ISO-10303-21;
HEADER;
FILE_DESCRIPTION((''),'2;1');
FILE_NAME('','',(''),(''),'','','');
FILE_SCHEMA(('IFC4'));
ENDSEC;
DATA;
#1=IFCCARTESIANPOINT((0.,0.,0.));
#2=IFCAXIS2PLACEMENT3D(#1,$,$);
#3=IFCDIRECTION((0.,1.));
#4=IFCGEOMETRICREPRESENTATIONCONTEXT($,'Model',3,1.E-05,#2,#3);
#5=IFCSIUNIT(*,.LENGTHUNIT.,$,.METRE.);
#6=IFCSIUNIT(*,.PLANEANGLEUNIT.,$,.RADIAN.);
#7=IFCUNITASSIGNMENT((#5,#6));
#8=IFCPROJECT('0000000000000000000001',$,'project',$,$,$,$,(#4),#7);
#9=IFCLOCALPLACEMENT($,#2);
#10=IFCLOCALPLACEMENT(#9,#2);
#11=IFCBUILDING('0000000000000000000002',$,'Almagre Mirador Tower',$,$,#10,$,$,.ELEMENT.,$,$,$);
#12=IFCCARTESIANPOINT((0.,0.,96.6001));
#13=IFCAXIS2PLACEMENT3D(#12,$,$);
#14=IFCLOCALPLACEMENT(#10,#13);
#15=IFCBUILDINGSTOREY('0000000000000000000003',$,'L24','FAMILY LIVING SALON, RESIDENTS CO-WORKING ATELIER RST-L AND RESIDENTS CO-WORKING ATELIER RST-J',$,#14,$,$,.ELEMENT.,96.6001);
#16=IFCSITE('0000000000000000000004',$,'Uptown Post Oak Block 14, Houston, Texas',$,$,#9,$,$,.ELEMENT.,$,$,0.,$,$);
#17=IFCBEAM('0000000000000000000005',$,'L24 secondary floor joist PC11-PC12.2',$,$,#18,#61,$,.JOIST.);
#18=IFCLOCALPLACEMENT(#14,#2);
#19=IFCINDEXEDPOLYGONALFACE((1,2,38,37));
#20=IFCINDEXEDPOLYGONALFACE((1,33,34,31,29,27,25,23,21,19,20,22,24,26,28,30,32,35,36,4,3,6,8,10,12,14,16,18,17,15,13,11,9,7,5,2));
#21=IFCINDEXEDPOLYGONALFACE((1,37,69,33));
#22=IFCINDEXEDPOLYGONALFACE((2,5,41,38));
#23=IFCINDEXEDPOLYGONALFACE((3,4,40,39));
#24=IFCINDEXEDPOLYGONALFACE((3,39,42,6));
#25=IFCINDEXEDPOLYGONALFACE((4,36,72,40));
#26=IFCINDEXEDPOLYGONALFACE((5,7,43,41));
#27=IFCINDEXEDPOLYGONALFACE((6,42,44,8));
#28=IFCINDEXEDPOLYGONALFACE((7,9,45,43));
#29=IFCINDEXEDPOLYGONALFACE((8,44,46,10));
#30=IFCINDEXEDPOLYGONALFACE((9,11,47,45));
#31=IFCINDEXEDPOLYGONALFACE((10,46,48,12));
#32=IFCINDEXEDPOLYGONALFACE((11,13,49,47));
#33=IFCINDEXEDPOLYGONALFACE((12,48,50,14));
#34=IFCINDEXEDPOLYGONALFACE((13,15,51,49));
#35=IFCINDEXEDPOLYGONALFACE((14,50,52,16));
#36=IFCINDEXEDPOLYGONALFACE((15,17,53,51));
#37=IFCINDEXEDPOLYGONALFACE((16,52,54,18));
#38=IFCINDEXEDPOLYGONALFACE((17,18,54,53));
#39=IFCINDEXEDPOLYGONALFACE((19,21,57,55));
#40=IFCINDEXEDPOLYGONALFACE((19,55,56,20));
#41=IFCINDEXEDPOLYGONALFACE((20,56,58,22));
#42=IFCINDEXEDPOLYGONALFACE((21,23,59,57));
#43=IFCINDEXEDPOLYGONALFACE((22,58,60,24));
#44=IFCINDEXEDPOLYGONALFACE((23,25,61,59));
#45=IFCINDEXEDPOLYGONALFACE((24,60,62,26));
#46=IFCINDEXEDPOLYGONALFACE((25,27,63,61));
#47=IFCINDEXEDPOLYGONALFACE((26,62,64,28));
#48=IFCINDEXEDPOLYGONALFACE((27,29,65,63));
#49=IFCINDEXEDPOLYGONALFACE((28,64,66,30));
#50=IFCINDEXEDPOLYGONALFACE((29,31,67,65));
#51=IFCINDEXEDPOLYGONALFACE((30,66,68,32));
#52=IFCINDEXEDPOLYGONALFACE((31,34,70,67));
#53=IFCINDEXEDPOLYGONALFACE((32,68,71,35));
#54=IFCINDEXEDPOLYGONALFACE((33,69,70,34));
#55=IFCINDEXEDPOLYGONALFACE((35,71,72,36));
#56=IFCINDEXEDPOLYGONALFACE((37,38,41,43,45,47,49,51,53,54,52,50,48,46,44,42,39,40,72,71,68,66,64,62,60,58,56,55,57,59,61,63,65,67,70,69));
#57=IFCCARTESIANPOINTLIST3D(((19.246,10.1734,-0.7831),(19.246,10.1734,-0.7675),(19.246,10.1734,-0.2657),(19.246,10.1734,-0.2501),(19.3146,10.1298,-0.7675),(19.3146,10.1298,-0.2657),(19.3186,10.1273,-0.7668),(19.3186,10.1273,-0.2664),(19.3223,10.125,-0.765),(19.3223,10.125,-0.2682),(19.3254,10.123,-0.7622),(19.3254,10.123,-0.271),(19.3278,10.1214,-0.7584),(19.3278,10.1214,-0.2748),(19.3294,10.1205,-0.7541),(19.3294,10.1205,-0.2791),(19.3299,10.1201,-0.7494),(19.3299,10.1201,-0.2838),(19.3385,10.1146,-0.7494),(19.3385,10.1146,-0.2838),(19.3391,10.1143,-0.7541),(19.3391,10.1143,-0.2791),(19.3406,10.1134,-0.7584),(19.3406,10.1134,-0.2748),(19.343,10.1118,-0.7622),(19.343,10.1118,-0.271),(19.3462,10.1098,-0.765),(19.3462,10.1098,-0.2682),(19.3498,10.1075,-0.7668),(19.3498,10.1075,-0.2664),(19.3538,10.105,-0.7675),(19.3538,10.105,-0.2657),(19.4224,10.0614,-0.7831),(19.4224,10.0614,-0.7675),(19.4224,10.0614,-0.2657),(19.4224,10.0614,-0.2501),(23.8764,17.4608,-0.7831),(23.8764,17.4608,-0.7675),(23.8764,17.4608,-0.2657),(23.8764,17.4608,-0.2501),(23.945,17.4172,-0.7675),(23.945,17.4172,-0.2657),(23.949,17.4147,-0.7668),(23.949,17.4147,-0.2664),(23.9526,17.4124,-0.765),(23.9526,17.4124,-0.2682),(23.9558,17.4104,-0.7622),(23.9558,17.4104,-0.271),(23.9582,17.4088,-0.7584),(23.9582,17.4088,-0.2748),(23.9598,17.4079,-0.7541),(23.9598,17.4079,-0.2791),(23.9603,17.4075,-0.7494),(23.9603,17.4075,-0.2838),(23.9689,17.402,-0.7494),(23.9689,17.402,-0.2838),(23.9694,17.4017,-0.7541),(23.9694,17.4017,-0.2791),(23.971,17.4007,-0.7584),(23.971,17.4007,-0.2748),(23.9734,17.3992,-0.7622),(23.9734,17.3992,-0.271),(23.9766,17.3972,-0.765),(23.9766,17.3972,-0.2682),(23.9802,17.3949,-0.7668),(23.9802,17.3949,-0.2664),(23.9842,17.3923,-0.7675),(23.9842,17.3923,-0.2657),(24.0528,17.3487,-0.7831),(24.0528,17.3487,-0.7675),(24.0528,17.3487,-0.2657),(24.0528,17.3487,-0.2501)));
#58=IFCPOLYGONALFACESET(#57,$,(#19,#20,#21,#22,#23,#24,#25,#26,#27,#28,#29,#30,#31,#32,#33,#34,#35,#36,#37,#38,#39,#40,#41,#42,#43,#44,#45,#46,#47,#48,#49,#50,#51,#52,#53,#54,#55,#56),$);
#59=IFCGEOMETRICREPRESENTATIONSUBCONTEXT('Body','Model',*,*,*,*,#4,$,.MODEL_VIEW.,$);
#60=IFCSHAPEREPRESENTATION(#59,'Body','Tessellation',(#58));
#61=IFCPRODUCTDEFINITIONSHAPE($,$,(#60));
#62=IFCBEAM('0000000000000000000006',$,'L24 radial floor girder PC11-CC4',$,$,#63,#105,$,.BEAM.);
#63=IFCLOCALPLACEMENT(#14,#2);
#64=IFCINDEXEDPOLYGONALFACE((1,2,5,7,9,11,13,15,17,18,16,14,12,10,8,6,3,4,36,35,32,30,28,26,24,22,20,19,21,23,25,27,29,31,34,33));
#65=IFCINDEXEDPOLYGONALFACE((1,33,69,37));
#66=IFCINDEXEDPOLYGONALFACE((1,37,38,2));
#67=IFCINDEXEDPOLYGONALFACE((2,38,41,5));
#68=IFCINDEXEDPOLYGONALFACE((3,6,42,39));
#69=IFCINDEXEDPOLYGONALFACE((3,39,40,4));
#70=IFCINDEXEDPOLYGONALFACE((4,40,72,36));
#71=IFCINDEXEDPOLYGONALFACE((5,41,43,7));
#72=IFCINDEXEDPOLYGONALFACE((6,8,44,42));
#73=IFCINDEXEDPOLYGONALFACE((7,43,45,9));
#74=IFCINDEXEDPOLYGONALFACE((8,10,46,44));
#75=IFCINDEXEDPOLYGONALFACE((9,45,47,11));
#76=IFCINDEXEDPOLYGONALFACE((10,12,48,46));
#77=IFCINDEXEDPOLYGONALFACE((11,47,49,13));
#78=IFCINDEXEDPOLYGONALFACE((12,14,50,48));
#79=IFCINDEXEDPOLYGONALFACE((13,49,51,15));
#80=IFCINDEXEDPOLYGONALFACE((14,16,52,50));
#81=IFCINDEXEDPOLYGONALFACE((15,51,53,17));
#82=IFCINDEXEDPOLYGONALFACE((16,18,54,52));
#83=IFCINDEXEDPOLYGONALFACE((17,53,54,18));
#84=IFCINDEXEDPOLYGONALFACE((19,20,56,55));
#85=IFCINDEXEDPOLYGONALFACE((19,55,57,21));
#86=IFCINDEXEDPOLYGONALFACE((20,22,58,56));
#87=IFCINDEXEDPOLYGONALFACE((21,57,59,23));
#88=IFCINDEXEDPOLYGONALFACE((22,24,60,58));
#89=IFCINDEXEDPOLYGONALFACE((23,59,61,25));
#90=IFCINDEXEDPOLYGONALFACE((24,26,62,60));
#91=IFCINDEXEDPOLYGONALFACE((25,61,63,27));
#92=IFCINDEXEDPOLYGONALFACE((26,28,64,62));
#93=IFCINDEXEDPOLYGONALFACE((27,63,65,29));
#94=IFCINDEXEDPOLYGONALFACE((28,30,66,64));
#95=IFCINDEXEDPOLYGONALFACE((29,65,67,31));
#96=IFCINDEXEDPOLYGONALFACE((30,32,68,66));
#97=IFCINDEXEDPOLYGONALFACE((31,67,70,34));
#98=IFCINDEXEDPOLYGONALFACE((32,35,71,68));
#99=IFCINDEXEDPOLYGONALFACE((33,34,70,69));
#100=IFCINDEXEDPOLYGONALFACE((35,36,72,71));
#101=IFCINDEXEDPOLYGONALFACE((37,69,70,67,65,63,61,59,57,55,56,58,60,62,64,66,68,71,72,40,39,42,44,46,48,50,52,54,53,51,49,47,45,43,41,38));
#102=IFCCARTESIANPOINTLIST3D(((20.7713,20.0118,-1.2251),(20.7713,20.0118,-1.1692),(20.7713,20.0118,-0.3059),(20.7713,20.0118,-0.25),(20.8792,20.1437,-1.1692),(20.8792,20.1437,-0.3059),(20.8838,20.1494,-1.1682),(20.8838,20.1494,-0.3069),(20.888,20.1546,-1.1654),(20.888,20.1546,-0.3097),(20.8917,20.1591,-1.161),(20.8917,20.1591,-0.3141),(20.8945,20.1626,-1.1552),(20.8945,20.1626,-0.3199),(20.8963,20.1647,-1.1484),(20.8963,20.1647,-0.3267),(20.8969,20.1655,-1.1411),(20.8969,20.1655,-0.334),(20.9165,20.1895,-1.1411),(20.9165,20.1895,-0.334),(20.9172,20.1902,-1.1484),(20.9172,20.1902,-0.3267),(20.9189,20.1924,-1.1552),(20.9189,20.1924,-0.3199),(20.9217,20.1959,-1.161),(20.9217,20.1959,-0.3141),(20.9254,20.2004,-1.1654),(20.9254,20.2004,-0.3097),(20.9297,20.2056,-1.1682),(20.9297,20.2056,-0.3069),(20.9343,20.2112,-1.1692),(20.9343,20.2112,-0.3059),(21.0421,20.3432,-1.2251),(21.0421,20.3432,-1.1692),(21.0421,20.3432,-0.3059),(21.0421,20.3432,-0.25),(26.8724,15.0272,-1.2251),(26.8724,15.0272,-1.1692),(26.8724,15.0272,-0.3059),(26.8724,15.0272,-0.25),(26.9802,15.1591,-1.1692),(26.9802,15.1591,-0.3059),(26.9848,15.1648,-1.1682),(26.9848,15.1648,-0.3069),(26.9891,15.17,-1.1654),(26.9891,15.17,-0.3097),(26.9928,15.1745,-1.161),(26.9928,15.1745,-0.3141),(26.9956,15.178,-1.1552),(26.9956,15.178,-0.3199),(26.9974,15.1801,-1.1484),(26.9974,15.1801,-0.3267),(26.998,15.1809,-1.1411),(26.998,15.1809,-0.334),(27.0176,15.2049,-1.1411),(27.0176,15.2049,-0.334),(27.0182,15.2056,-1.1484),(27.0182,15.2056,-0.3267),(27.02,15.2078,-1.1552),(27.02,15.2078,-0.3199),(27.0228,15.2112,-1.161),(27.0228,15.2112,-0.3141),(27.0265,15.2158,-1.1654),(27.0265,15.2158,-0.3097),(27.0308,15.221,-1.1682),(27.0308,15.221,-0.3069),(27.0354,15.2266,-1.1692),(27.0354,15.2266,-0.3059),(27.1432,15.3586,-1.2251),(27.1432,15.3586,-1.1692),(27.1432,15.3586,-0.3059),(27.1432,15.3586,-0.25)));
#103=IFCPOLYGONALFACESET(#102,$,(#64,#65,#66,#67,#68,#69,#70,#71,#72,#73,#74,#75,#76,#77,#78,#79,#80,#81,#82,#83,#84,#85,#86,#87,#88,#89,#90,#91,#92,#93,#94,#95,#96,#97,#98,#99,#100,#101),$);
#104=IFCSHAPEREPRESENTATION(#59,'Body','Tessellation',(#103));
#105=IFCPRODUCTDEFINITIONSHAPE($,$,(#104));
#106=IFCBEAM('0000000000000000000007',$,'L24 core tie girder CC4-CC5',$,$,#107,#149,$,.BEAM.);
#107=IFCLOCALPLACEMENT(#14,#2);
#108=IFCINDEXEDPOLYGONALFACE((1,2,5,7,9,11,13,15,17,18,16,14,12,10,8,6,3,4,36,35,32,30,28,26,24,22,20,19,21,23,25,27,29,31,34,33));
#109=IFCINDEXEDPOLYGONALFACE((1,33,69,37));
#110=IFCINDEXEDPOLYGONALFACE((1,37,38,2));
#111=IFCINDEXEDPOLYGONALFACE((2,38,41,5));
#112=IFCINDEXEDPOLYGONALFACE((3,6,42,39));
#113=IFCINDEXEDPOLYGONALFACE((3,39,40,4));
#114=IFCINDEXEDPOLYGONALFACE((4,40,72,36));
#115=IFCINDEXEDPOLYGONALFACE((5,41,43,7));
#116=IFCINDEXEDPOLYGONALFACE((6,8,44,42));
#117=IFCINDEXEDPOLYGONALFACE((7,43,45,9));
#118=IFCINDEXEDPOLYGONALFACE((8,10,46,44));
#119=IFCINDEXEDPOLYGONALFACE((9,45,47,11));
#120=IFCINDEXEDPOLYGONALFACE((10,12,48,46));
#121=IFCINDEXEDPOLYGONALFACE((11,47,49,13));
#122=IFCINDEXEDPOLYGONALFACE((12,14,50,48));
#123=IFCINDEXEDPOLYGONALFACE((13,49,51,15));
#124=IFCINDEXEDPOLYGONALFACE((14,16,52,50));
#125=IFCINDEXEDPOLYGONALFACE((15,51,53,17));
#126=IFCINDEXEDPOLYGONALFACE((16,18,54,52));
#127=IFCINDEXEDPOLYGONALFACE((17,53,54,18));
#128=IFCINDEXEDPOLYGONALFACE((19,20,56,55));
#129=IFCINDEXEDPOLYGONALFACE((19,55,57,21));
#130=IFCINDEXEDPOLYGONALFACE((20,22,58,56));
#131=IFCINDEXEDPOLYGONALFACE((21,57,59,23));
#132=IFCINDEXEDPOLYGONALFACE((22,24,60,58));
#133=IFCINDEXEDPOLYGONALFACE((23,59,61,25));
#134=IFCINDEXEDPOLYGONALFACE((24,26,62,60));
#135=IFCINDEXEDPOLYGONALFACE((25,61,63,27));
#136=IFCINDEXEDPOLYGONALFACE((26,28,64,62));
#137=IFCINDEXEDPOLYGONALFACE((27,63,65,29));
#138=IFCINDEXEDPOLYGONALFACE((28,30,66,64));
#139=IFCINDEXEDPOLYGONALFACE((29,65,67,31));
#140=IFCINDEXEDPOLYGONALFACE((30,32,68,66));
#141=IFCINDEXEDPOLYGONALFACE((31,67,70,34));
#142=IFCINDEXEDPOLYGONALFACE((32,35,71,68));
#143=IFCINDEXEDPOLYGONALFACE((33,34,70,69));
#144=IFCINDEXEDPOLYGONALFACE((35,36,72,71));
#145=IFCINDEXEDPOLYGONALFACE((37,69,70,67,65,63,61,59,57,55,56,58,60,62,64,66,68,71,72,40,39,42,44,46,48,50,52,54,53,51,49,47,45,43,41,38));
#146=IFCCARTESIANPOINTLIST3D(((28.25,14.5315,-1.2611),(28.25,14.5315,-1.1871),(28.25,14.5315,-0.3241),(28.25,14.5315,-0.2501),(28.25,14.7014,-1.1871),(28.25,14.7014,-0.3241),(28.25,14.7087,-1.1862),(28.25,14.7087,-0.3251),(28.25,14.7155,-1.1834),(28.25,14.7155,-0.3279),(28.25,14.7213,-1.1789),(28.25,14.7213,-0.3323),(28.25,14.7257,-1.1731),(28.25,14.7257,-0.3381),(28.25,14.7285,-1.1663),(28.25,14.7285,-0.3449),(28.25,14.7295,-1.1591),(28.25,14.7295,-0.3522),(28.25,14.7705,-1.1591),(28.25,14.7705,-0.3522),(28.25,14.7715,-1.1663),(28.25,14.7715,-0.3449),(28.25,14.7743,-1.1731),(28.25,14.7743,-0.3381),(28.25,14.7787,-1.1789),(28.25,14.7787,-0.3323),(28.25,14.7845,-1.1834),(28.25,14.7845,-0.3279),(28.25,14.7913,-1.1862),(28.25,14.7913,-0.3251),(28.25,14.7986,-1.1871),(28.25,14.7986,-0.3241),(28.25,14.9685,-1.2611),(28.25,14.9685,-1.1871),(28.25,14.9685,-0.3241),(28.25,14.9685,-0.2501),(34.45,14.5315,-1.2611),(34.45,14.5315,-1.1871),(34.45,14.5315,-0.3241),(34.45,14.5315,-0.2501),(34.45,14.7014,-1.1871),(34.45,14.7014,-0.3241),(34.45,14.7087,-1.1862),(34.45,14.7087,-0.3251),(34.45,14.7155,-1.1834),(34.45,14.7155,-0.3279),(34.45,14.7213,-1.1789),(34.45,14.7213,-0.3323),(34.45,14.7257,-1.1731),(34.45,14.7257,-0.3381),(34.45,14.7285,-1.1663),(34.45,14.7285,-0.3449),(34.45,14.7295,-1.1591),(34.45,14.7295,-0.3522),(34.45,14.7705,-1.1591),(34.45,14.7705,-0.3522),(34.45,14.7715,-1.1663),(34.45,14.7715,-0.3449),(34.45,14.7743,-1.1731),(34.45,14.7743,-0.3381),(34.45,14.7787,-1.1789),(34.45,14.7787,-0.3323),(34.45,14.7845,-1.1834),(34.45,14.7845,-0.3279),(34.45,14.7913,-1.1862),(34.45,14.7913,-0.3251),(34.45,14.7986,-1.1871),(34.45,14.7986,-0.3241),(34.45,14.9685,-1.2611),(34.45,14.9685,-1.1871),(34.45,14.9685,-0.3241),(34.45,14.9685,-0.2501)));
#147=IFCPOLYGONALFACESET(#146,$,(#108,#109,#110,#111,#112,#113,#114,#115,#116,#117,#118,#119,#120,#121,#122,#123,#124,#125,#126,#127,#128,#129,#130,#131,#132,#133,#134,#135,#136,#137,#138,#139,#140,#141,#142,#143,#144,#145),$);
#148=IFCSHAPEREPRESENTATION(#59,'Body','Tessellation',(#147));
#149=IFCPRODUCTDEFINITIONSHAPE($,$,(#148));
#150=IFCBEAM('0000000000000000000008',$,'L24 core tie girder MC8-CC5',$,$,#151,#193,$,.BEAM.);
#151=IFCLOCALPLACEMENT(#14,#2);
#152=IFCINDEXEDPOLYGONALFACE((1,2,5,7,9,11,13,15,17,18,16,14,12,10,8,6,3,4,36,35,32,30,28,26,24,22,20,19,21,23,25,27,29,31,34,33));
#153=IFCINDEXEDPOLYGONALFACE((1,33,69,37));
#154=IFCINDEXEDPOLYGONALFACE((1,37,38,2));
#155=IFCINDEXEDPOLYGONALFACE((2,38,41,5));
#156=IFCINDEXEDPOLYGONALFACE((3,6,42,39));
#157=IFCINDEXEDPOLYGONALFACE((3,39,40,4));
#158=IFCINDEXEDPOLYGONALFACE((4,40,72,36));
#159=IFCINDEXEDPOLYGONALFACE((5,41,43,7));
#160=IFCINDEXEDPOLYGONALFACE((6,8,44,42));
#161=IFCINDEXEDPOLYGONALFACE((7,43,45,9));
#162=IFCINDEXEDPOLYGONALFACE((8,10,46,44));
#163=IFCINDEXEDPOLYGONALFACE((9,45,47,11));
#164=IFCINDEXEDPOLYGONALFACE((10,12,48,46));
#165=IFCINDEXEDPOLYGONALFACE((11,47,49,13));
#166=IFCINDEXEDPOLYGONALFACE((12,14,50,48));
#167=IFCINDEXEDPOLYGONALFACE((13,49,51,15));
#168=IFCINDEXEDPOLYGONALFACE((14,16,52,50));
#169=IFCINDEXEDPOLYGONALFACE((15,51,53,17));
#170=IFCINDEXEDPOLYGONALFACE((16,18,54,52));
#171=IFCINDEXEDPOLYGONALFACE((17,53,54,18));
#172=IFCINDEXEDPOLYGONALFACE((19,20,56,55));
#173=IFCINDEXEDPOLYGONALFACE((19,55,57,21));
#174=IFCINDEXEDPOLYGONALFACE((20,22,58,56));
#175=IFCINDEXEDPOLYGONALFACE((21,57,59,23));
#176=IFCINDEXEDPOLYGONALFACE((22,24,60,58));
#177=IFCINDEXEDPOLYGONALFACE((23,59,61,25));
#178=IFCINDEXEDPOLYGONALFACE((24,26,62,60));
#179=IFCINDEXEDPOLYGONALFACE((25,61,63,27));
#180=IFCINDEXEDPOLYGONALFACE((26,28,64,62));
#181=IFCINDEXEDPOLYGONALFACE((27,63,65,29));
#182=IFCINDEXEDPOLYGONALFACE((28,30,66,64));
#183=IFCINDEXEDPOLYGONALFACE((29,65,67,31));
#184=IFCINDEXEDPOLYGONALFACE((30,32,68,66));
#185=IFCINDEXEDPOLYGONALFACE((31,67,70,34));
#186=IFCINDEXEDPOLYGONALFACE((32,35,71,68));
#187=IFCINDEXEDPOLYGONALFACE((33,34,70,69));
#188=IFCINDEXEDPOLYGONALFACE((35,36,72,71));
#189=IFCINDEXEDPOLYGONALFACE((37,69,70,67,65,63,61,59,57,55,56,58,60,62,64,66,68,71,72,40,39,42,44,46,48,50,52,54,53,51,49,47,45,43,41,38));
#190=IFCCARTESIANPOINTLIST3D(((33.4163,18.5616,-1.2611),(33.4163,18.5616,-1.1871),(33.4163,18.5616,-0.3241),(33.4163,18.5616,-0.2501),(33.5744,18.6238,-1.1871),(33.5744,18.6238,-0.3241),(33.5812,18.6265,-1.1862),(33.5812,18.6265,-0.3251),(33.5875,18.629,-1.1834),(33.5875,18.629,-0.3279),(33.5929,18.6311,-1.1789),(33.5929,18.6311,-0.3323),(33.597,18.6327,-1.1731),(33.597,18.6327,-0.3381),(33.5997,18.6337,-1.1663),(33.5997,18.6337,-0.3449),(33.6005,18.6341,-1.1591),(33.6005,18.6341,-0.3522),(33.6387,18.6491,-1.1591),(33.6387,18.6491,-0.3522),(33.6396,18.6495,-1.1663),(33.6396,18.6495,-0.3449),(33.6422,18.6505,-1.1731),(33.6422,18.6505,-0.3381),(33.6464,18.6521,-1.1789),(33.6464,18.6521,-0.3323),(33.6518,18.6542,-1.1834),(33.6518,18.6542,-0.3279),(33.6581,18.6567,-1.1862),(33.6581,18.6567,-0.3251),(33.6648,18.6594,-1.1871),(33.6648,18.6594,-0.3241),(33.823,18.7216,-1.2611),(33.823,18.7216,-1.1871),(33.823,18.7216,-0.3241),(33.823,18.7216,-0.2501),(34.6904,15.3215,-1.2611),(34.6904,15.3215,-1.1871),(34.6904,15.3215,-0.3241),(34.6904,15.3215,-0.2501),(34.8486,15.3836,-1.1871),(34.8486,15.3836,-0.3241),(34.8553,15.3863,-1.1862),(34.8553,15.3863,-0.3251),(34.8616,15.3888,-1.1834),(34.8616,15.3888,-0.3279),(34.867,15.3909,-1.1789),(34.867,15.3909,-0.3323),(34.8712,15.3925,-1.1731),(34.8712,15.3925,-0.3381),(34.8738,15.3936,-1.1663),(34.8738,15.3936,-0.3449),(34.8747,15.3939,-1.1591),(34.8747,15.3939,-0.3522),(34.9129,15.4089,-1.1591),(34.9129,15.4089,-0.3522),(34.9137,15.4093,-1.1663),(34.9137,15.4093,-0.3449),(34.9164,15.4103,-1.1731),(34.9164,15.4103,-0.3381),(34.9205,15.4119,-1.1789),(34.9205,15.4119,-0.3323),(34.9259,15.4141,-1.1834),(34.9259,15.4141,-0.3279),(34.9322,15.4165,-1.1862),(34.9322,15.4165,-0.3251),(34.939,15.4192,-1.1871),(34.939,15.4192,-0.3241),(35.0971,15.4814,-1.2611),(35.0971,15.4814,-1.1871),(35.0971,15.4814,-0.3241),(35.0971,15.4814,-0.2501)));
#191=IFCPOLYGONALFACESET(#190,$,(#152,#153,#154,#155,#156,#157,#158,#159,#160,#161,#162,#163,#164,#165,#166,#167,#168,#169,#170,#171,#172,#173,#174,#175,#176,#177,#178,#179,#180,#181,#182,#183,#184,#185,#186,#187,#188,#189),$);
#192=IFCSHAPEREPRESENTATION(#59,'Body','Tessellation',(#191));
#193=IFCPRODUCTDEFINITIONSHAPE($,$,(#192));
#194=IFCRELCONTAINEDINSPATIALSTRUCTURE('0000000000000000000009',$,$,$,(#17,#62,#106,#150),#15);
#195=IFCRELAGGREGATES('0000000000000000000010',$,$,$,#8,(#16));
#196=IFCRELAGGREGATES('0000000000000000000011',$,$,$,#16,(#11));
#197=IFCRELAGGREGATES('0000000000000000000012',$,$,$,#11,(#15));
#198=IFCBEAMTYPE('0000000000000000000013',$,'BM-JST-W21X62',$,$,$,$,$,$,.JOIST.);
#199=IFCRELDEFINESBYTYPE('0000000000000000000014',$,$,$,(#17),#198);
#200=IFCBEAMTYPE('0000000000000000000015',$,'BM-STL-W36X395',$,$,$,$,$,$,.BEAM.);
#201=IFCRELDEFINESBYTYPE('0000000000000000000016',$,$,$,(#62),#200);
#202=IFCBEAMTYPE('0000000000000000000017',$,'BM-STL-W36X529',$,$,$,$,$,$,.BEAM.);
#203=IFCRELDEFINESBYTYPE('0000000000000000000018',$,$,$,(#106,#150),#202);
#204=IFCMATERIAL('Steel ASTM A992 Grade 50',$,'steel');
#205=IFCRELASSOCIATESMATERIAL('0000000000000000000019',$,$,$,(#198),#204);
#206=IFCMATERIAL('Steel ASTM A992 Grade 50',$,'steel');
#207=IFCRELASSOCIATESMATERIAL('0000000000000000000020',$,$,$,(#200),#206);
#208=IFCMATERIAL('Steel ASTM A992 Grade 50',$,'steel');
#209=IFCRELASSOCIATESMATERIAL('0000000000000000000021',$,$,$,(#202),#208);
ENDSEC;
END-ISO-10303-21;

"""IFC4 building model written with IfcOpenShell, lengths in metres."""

from ifc_helpers import new_model, si_unit, direction, frame, origin, origin_2d, place, context, subcontext, project, spatial, i_section, extrude, material, material_profile, profile_set, type_object, element, save


model = new_model("IFC4")

# Units and contexts
model_context = context("Model", 3, precision=1e-05, world=origin(), true_north=direction((0.0, 1.0)))
body_context = subcontext(model_context, "Body", "Model", "MODEL_VIEW")
ifc_project = project(units=[si_unit("LENGTHUNIT", "METRE"), si_unit("PLANEANGLEUNIT", "RADIAN")], contexts=[model_context])

# Site, building, storey
site_placement = place(None, origin())
site = spatial("IfcSite", under=ifc_project, at=site_placement, Name="Uptown Post Oak Block 14, Houston, Texas", CompositionType="ELEMENT", RefElevation=0.0)
building_placement = place(site_placement, origin())
building = spatial("IfcBuilding", under=site, at=building_placement, Name="Almagre Mirador Tower", CompositionType="ELEMENT")
storey_placement = place(building_placement, frame((0.0, 0.0, 96.6001)))
storey = spatial("IfcBuildingStorey", under=building, at=storey_placement, Name="L24", Description="FAMILY LIVING SALON, RESIDENTS CO-WORKING ATELIER RST-L AND RESIDENTS CO-WORKING ATELIER RST-J", CompositionType="ELEMENT", Elevation=96.6001)

# Beams
ifc_material_1 = material(Name="Steel ASTM A992 Grade 50", Category="steel")
ifc_material_profile_1 = material_profile(ifc_material_1, i_section(OverallWidth=0.209, OverallDepth=0.533, WebThickness=0.0103, FlangeThickness=0.0156, FilletRadius=0.0181, at=origin_2d()), Name="W21X62")
ifc_profile_set_1 = profile_set([ifc_material_profile_1], Name="Steel ASTM A992 Grade 50")
beam_type_1 = type_object("IfcBeamType", Name="BM-JST-W21X62", PredefinedType="JOIST", material=ifc_profile_set_1)
beam_1_placement = place(storey_placement, frame((23.9646, 17.4048, -0.5166), z_axis=(-0.536295, -0.84403, 0.0), x_axis=(0.84403, -0.536295, 0.0)))
element("IfcBeam", 1, at=beam_1_placement, inside=storey, type_object=beam_type_1, Name="L24 secondary floor joist PC11-PC12.2", PredefinedType="JOIST", context=body_context, shape_type="SweptSolid", body=[
    extrude(i_section(OverallWidth=0.209, OverallDepth=0.533, WebThickness=0.0103, FlangeThickness=0.0156, FilletRadius=0.0181, at=origin_2d()), origin(), (0.0, 0.0, 1.0), 8.634),
])
ifc_material_2 = material(Name="Steel ASTM A992 Grade 50", Category="steel")
ifc_material_profile_2 = material_profile(ifc_material_2, i_section(OverallWidth=0.428, OverallDepth=0.9751, WebThickness=0.031, FlangeThickness=0.0559, FilletRadius=0.0281, at=origin_2d()), Name="W36X395")
ifc_profile_set_2 = profile_set([ifc_material_profile_2], Name="Steel ASTM A992 Grade 50")
beam_type_2 = type_object("IfcBeamType", Name="BM-STL-W36X395", PredefinedType="BEAM", material=ifc_profile_set_2)
beam_2_placement = place(storey_placement, frame((20.9067, 20.1775, -0.7375), z_axis=(0.774403, -0.632693, 0.0), x_axis=(0.632693, 0.774403, 0.0)))
element("IfcBeam", 2, at=beam_2_placement, inside=storey, type_object=beam_type_2, Name="L24 radial floor girder PC11-CC4", PredefinedType="BEAM", context=body_context, shape_type="SweptSolid", body=[
    extrude(i_section(OverallWidth=0.428, OverallDepth=0.9751, WebThickness=0.031, FlangeThickness=0.0559, FilletRadius=0.0281, at=origin_2d()), origin(), (0.0, 0.0, 1.0), 7.8784),
])
ifc_material_3 = material(Name="Steel ASTM A992 Grade 50", Category="steel")
ifc_material_profile_3 = material_profile(ifc_material_3, i_section(OverallWidth=0.437, OverallDepth=1.011, WebThickness=0.041, FlangeThickness=0.074, FilletRadius=0.0281, at=origin_2d()), Name="W36X529")
ifc_profile_set_3 = profile_set([ifc_material_profile_3], Name="Steel ASTM A992 Grade 50")
beam_type_3 = type_object("IfcBeamType", Name="BM-STL-W36X529", PredefinedType="BEAM", material=ifc_profile_set_3)
beam_3_placement = place(storey_placement, frame((28.25, 14.75, -0.7556), z_axis=(1.0, 0.0, 0.0), x_axis=(0.0, 1.0, 0.0)))
element("IfcBeam", 3, at=beam_3_placement, inside=storey, type_object=beam_type_3, Name="L24 core tie girder CC4-CC5", PredefinedType="BEAM", context=body_context, shape_type="SweptSolid", body=[
    extrude(i_section(OverallWidth=0.437, OverallDepth=1.011, WebThickness=0.041, FlangeThickness=0.074, FilletRadius=0.0281, at=origin_2d()), origin(), (0.0, 0.0, 1.0), 6.2),
])
beam_4_placement = place(storey_placement, frame((33.6196, 18.6416, -0.7556), z_axis=(0.365956, -0.930632, 0.0), x_axis=(0.930632, 0.365956, 0.0)))
element("IfcBeam", 4, at=beam_4_placement, inside=storey, type_object=beam_type_3, Name="L24 core tie girder MC8-CC5", PredefinedType="BEAM", context=body_context, shape_type="SweptSolid", body=[
    extrude(i_section(OverallWidth=0.437, OverallDepth=1.011, WebThickness=0.041, FlangeThickness=0.074, FilletRadius=0.0281, at=origin_2d()), origin(), (0.0, 0.0, 1.0), 3.4817),
])

save(model, "model.ifc")
